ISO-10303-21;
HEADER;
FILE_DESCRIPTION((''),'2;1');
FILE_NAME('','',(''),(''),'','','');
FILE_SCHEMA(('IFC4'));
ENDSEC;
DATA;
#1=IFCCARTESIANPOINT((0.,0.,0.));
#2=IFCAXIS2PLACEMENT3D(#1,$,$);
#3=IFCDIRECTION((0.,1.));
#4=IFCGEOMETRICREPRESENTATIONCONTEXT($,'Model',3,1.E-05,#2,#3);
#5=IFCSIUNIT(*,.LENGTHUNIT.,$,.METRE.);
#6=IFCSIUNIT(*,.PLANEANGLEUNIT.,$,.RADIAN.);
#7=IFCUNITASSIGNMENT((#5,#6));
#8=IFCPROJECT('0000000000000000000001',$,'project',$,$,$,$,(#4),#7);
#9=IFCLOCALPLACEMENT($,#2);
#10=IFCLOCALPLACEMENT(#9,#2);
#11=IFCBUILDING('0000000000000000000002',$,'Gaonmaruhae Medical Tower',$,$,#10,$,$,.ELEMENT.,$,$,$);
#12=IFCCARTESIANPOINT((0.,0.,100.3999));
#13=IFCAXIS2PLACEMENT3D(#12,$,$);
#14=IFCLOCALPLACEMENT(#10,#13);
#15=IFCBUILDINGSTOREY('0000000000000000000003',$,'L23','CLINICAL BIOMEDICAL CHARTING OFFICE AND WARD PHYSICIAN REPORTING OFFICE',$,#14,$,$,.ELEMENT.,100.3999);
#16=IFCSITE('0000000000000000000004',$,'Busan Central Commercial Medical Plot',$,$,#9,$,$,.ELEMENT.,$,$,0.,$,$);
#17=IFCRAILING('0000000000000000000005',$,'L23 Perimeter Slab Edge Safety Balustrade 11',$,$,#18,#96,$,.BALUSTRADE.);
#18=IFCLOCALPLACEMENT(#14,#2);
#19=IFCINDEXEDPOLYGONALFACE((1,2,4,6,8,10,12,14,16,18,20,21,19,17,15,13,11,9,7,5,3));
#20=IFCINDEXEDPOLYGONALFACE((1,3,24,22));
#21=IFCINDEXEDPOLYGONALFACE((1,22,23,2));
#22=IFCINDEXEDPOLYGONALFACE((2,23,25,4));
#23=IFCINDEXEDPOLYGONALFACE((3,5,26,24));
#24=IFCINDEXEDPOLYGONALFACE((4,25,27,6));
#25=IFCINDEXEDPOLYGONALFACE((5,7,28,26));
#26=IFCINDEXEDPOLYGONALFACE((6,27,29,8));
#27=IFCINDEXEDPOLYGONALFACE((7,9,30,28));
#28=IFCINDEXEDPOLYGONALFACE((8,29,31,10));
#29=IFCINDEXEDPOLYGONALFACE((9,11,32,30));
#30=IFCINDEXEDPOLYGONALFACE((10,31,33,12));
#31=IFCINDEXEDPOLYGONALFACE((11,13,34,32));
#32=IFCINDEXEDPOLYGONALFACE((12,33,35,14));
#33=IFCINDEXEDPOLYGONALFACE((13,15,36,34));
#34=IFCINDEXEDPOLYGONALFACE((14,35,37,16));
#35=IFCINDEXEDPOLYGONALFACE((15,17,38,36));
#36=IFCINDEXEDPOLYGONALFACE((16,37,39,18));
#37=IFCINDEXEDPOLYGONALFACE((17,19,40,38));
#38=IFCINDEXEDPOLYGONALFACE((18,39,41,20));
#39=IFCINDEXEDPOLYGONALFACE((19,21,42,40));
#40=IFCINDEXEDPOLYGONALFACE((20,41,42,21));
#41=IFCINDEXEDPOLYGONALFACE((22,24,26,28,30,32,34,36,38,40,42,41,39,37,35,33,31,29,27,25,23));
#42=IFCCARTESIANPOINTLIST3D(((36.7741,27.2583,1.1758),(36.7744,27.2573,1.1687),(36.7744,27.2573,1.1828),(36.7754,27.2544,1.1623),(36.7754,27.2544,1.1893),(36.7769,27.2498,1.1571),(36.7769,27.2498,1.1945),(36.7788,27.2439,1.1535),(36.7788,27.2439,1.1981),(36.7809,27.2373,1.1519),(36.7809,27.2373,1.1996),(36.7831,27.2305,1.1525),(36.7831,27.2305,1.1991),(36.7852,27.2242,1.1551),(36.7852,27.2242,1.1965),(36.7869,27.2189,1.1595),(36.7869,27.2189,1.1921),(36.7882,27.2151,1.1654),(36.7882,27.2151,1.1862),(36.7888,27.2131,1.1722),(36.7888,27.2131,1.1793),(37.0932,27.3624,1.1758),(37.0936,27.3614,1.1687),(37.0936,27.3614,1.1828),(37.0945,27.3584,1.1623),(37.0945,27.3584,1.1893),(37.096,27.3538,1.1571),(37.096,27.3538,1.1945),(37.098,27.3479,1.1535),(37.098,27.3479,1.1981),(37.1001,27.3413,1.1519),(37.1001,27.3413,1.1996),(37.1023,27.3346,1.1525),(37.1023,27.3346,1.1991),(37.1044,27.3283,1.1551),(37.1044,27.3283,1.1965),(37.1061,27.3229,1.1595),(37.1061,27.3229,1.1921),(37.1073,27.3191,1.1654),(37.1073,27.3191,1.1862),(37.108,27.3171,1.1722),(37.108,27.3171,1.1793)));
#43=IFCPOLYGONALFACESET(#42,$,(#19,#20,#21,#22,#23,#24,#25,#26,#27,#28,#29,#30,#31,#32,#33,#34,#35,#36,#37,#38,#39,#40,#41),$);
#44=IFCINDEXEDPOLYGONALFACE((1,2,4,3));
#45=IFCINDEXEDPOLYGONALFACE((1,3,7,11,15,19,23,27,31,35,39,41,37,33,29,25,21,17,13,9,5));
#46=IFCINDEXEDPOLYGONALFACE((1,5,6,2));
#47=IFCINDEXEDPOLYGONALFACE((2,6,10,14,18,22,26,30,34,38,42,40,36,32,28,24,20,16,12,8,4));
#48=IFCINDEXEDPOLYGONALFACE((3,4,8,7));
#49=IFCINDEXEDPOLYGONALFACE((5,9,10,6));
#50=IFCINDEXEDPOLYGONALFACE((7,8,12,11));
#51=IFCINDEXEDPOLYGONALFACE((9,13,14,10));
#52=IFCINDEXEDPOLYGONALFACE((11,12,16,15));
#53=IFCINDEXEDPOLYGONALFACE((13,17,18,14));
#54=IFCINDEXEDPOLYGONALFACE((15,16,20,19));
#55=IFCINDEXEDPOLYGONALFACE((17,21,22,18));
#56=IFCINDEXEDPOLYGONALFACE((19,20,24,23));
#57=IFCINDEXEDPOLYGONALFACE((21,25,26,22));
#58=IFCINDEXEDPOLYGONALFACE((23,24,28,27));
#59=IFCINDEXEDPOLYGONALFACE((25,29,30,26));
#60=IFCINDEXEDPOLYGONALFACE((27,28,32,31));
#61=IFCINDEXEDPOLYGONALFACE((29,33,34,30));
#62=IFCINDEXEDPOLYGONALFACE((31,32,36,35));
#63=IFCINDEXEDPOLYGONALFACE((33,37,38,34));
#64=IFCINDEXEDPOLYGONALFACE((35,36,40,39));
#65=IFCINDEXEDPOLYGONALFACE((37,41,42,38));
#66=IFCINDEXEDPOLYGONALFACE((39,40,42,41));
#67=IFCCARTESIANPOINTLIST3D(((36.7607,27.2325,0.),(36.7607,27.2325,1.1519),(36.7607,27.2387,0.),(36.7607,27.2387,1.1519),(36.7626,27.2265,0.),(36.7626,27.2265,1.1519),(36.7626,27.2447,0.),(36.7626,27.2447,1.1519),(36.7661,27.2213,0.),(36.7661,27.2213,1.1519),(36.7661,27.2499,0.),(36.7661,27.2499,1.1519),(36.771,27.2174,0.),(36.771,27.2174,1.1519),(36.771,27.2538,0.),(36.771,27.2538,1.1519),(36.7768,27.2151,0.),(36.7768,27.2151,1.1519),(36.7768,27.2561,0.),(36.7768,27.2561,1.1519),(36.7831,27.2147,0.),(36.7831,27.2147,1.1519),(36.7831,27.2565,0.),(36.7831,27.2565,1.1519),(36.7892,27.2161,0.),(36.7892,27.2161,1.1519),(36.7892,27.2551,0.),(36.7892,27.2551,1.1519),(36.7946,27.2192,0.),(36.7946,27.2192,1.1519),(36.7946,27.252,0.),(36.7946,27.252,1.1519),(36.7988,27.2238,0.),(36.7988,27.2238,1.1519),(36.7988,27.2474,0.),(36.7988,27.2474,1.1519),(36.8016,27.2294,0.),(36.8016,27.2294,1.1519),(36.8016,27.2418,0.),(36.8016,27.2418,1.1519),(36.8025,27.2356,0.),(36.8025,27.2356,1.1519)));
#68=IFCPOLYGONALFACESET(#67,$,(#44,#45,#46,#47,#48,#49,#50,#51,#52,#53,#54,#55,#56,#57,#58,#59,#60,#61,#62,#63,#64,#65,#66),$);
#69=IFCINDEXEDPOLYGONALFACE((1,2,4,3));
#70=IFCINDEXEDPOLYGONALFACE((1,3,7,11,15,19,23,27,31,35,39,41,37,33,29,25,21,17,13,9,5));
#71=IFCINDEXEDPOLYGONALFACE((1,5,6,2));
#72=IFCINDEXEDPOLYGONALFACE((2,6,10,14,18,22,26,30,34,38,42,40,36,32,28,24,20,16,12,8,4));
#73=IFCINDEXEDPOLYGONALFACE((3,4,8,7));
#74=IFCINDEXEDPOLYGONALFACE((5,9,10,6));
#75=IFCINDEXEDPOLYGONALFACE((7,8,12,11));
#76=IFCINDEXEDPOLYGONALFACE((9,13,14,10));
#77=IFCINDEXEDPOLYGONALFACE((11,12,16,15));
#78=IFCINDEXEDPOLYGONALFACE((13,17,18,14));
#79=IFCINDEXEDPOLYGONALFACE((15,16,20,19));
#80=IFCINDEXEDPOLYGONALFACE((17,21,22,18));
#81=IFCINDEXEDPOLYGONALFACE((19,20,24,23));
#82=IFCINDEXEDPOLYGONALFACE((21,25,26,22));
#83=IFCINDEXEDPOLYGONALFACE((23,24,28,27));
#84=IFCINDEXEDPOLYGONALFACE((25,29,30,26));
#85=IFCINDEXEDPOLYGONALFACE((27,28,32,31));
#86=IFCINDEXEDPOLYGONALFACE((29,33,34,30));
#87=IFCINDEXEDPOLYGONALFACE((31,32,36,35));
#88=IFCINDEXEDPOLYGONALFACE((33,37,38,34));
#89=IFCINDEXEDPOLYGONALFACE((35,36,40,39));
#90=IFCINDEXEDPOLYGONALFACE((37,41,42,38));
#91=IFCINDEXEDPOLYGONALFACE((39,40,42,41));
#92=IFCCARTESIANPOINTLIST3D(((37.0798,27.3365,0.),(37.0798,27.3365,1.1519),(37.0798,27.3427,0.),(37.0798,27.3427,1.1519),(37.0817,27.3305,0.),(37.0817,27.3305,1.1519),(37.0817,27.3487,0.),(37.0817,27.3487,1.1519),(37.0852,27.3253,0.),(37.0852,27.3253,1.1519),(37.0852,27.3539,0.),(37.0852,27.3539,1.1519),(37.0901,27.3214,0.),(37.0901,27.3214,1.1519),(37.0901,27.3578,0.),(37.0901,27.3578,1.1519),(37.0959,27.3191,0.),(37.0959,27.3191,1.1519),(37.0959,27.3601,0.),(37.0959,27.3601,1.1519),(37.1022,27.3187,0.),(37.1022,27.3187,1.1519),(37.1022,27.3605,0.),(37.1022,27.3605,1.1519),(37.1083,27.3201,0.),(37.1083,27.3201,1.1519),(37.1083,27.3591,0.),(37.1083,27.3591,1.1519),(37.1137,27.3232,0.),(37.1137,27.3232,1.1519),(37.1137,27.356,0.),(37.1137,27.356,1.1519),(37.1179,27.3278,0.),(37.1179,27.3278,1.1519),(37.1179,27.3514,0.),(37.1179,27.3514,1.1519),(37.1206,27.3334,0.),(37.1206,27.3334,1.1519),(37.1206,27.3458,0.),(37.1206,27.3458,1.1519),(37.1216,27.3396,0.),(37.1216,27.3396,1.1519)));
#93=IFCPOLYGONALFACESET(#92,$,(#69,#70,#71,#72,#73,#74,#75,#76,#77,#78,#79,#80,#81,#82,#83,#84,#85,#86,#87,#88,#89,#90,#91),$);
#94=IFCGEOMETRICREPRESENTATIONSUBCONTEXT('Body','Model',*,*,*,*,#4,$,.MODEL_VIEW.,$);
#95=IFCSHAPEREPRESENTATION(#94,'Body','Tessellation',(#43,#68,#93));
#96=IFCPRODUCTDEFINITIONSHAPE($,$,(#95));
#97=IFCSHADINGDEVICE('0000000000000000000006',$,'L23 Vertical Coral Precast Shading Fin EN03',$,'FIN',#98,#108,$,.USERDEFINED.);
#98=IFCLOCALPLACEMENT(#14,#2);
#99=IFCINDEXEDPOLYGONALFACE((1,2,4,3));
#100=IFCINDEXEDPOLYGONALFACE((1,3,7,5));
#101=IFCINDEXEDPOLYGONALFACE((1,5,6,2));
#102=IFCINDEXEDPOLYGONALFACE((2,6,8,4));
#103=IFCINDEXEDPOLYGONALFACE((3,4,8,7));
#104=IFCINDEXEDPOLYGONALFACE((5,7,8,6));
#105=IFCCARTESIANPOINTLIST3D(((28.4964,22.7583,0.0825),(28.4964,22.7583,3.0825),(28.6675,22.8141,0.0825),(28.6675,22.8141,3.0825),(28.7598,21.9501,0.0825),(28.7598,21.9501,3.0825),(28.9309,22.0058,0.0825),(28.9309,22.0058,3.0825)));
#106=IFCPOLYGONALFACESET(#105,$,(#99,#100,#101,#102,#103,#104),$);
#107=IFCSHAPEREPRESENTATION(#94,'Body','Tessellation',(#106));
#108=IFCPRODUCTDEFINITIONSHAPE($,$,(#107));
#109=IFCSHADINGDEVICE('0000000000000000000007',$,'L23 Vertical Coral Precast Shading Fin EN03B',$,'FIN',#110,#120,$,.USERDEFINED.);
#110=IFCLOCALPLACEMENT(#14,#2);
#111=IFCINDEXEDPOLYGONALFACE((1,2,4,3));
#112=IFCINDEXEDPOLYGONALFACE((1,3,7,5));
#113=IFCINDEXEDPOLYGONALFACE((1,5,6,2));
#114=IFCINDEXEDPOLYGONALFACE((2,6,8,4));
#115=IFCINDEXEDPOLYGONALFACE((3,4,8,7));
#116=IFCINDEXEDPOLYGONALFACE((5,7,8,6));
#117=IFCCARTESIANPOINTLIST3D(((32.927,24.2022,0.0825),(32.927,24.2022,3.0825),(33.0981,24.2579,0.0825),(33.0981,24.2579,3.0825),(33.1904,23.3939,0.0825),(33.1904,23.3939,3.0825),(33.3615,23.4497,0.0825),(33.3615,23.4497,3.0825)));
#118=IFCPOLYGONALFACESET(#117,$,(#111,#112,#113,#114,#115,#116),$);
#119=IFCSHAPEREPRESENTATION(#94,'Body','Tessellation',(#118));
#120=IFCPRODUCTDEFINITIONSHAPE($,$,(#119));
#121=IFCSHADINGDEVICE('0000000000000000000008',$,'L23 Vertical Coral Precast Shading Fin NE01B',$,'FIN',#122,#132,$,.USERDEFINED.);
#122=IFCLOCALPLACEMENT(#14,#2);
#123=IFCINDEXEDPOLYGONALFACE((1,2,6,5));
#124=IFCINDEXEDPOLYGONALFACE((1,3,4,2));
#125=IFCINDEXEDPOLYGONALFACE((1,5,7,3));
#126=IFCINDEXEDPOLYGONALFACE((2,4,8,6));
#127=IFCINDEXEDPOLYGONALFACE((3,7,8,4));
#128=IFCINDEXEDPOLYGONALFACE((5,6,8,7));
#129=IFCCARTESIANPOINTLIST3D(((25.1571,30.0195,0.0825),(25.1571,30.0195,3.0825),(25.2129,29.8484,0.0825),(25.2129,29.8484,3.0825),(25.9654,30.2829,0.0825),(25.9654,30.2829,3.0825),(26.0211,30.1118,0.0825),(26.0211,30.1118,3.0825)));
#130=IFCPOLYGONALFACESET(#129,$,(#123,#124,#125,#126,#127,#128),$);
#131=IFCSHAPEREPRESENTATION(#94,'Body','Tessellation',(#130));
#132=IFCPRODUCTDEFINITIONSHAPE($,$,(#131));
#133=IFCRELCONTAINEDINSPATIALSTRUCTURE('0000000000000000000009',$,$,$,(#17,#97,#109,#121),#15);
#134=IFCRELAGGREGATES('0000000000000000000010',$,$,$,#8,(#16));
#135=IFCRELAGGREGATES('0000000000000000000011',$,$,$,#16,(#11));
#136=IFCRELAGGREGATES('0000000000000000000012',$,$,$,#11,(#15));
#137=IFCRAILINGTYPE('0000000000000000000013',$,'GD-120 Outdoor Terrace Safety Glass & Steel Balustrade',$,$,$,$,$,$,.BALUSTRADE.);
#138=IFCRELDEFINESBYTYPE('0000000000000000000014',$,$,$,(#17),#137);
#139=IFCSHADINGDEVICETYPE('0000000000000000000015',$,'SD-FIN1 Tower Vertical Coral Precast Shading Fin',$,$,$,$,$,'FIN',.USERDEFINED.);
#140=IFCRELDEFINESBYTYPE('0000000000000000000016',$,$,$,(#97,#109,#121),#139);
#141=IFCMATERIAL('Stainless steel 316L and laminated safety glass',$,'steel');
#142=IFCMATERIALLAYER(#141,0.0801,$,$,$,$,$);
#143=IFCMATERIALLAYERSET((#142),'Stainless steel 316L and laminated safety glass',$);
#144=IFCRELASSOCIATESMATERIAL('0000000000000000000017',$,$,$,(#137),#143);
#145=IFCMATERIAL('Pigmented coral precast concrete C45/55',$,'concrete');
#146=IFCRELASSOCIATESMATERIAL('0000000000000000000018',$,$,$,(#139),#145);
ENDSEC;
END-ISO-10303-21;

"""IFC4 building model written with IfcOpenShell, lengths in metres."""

from ifc_helpers import new_model, si_unit, direction, frame, origin, origin_2d, place, context, subcontext, project, spatial, rectangle, circle, extrude, material, layer, layer_set, type_object, element, save


model = new_model("IFC4")

# Units and contexts
model_context = context("Model", 3, precision=1e-05, world=origin(), true_north=direction((0.0, 1.0)))
body_context = subcontext(model_context, "Body", "Model", "MODEL_VIEW")
ifc_project = project(units=[si_unit("LENGTHUNIT", "METRE"), si_unit("PLANEANGLEUNIT", "RADIAN")], contexts=[model_context])

# Site, building, storey
site_placement = place(None, origin())
site = spatial("IfcSite", under=ifc_project, at=site_placement, Name="Busan Central Commercial Medical Plot", CompositionType="ELEMENT", RefElevation=0.0)
building_placement = place(site_placement, origin())
building = spatial("IfcBuilding", under=site, at=building_placement, Name="Gaonmaruhae Medical Tower", CompositionType="ELEMENT")
storey_placement = place(building_placement, frame((0.0, 0.0, 100.3999)))
storey = spatial("IfcBuildingStorey", under=building, at=storey_placement, Name="L23", Description="CLINICAL BIOMEDICAL CHARTING OFFICE AND WARD PHYSICIAN REPORTING OFFICE", CompositionType="ELEMENT", Elevation=100.3999)

# Railing
ifc_material_1 = material(Name="Stainless steel 316L and laminated safety glass", Category="steel")
ifc_layer_1 = layer(ifc_material_1, 0.0801)
ifc_layer_set_1 = layer_set([ifc_layer_1], Name="Stainless steel 316L and laminated safety glass")
railing_type = type_object("IfcRailingType", Name="GD-120 Outdoor Terrace Safety Glass & Steel Balustrade", PredefinedType="BALUSTRADE", material=ifc_layer_set_1)
railing_placement = place(storey_placement, frame((36.7815, 27.2356, 0.0)))
element("IfcRailing", 1, at=railing_placement, inside=storey, type_object=railing_type, Name="L23 Perimeter Slab Edge Safety Balustrade 11", PredefinedType="BALUSTRADE", context=body_context, shape_type="SweptSolid", body=[
    extrude(circle(Radius=0.0239, at=origin_2d()), frame((0.0, 0.0, 1.1758), z_axis=(0.950772, 0.309892, 0.0), x_axis=(-0.309892, 0.950772, 0.0)), (0.0, 0.0, 1.0), 0.3357),
    extrude(circle(Radius=0.021, at=origin_2d()), origin(), (0.0, 0.0, 1.0), 1.1519),
    extrude(circle(Radius=0.021, at=origin_2d()), frame((0.3191, 0.104, 0.0)), (0.0, 0.0, 1.0), 1.1519),
])

# Shading devices
ifc_material_2 = material(Name="Pigmented coral precast concrete C45/55", Category="concrete")
shading_device_type = type_object("IfcShadingDeviceType", Name="SD-FIN1 Tower Vertical Coral Precast Shading Fin", ElementType="FIN", PredefinedType="USERDEFINED", material=ifc_material_2)
for number, where, z_axis, x_axis, name in (
    (2, (28.7136, 22.3821, 0.0825), (0.0, 0.0, 1.0), (0.950786, 0.309847, 0.0), "L23 Vertical Coral Precast Shading Fin EN03"),
    (3, (33.1443, 23.8259, 0.0825), (0.0, 0.0, 1.0), (0.950786, 0.309847, 0.0), "L23 Vertical Coral Precast Shading Fin EN03B"),
    (4, (25.5891, 30.0657, 0.0825), (0.0, 0.0, 1.0), (0.309847, -0.950786, 0.0), "L23 Vertical Coral Precast Shading Fin NE01B"),
):
    element("IfcShadingDevice", number, at=place(storey_placement, frame(where, z_axis=z_axis, x_axis=x_axis)), inside=storey, type_object=shading_device_type, Name=name, ObjectType="FIN", PredefinedType="USERDEFINED", context=body_context, shape_type="SweptSolid", body=[
        extrude(rectangle(XDim=0.1799, YDim=0.8501, at=origin_2d()), origin(), (0.0, 0.0, 1.0), 3.0),
    ])

save(model, "model.ifc")
